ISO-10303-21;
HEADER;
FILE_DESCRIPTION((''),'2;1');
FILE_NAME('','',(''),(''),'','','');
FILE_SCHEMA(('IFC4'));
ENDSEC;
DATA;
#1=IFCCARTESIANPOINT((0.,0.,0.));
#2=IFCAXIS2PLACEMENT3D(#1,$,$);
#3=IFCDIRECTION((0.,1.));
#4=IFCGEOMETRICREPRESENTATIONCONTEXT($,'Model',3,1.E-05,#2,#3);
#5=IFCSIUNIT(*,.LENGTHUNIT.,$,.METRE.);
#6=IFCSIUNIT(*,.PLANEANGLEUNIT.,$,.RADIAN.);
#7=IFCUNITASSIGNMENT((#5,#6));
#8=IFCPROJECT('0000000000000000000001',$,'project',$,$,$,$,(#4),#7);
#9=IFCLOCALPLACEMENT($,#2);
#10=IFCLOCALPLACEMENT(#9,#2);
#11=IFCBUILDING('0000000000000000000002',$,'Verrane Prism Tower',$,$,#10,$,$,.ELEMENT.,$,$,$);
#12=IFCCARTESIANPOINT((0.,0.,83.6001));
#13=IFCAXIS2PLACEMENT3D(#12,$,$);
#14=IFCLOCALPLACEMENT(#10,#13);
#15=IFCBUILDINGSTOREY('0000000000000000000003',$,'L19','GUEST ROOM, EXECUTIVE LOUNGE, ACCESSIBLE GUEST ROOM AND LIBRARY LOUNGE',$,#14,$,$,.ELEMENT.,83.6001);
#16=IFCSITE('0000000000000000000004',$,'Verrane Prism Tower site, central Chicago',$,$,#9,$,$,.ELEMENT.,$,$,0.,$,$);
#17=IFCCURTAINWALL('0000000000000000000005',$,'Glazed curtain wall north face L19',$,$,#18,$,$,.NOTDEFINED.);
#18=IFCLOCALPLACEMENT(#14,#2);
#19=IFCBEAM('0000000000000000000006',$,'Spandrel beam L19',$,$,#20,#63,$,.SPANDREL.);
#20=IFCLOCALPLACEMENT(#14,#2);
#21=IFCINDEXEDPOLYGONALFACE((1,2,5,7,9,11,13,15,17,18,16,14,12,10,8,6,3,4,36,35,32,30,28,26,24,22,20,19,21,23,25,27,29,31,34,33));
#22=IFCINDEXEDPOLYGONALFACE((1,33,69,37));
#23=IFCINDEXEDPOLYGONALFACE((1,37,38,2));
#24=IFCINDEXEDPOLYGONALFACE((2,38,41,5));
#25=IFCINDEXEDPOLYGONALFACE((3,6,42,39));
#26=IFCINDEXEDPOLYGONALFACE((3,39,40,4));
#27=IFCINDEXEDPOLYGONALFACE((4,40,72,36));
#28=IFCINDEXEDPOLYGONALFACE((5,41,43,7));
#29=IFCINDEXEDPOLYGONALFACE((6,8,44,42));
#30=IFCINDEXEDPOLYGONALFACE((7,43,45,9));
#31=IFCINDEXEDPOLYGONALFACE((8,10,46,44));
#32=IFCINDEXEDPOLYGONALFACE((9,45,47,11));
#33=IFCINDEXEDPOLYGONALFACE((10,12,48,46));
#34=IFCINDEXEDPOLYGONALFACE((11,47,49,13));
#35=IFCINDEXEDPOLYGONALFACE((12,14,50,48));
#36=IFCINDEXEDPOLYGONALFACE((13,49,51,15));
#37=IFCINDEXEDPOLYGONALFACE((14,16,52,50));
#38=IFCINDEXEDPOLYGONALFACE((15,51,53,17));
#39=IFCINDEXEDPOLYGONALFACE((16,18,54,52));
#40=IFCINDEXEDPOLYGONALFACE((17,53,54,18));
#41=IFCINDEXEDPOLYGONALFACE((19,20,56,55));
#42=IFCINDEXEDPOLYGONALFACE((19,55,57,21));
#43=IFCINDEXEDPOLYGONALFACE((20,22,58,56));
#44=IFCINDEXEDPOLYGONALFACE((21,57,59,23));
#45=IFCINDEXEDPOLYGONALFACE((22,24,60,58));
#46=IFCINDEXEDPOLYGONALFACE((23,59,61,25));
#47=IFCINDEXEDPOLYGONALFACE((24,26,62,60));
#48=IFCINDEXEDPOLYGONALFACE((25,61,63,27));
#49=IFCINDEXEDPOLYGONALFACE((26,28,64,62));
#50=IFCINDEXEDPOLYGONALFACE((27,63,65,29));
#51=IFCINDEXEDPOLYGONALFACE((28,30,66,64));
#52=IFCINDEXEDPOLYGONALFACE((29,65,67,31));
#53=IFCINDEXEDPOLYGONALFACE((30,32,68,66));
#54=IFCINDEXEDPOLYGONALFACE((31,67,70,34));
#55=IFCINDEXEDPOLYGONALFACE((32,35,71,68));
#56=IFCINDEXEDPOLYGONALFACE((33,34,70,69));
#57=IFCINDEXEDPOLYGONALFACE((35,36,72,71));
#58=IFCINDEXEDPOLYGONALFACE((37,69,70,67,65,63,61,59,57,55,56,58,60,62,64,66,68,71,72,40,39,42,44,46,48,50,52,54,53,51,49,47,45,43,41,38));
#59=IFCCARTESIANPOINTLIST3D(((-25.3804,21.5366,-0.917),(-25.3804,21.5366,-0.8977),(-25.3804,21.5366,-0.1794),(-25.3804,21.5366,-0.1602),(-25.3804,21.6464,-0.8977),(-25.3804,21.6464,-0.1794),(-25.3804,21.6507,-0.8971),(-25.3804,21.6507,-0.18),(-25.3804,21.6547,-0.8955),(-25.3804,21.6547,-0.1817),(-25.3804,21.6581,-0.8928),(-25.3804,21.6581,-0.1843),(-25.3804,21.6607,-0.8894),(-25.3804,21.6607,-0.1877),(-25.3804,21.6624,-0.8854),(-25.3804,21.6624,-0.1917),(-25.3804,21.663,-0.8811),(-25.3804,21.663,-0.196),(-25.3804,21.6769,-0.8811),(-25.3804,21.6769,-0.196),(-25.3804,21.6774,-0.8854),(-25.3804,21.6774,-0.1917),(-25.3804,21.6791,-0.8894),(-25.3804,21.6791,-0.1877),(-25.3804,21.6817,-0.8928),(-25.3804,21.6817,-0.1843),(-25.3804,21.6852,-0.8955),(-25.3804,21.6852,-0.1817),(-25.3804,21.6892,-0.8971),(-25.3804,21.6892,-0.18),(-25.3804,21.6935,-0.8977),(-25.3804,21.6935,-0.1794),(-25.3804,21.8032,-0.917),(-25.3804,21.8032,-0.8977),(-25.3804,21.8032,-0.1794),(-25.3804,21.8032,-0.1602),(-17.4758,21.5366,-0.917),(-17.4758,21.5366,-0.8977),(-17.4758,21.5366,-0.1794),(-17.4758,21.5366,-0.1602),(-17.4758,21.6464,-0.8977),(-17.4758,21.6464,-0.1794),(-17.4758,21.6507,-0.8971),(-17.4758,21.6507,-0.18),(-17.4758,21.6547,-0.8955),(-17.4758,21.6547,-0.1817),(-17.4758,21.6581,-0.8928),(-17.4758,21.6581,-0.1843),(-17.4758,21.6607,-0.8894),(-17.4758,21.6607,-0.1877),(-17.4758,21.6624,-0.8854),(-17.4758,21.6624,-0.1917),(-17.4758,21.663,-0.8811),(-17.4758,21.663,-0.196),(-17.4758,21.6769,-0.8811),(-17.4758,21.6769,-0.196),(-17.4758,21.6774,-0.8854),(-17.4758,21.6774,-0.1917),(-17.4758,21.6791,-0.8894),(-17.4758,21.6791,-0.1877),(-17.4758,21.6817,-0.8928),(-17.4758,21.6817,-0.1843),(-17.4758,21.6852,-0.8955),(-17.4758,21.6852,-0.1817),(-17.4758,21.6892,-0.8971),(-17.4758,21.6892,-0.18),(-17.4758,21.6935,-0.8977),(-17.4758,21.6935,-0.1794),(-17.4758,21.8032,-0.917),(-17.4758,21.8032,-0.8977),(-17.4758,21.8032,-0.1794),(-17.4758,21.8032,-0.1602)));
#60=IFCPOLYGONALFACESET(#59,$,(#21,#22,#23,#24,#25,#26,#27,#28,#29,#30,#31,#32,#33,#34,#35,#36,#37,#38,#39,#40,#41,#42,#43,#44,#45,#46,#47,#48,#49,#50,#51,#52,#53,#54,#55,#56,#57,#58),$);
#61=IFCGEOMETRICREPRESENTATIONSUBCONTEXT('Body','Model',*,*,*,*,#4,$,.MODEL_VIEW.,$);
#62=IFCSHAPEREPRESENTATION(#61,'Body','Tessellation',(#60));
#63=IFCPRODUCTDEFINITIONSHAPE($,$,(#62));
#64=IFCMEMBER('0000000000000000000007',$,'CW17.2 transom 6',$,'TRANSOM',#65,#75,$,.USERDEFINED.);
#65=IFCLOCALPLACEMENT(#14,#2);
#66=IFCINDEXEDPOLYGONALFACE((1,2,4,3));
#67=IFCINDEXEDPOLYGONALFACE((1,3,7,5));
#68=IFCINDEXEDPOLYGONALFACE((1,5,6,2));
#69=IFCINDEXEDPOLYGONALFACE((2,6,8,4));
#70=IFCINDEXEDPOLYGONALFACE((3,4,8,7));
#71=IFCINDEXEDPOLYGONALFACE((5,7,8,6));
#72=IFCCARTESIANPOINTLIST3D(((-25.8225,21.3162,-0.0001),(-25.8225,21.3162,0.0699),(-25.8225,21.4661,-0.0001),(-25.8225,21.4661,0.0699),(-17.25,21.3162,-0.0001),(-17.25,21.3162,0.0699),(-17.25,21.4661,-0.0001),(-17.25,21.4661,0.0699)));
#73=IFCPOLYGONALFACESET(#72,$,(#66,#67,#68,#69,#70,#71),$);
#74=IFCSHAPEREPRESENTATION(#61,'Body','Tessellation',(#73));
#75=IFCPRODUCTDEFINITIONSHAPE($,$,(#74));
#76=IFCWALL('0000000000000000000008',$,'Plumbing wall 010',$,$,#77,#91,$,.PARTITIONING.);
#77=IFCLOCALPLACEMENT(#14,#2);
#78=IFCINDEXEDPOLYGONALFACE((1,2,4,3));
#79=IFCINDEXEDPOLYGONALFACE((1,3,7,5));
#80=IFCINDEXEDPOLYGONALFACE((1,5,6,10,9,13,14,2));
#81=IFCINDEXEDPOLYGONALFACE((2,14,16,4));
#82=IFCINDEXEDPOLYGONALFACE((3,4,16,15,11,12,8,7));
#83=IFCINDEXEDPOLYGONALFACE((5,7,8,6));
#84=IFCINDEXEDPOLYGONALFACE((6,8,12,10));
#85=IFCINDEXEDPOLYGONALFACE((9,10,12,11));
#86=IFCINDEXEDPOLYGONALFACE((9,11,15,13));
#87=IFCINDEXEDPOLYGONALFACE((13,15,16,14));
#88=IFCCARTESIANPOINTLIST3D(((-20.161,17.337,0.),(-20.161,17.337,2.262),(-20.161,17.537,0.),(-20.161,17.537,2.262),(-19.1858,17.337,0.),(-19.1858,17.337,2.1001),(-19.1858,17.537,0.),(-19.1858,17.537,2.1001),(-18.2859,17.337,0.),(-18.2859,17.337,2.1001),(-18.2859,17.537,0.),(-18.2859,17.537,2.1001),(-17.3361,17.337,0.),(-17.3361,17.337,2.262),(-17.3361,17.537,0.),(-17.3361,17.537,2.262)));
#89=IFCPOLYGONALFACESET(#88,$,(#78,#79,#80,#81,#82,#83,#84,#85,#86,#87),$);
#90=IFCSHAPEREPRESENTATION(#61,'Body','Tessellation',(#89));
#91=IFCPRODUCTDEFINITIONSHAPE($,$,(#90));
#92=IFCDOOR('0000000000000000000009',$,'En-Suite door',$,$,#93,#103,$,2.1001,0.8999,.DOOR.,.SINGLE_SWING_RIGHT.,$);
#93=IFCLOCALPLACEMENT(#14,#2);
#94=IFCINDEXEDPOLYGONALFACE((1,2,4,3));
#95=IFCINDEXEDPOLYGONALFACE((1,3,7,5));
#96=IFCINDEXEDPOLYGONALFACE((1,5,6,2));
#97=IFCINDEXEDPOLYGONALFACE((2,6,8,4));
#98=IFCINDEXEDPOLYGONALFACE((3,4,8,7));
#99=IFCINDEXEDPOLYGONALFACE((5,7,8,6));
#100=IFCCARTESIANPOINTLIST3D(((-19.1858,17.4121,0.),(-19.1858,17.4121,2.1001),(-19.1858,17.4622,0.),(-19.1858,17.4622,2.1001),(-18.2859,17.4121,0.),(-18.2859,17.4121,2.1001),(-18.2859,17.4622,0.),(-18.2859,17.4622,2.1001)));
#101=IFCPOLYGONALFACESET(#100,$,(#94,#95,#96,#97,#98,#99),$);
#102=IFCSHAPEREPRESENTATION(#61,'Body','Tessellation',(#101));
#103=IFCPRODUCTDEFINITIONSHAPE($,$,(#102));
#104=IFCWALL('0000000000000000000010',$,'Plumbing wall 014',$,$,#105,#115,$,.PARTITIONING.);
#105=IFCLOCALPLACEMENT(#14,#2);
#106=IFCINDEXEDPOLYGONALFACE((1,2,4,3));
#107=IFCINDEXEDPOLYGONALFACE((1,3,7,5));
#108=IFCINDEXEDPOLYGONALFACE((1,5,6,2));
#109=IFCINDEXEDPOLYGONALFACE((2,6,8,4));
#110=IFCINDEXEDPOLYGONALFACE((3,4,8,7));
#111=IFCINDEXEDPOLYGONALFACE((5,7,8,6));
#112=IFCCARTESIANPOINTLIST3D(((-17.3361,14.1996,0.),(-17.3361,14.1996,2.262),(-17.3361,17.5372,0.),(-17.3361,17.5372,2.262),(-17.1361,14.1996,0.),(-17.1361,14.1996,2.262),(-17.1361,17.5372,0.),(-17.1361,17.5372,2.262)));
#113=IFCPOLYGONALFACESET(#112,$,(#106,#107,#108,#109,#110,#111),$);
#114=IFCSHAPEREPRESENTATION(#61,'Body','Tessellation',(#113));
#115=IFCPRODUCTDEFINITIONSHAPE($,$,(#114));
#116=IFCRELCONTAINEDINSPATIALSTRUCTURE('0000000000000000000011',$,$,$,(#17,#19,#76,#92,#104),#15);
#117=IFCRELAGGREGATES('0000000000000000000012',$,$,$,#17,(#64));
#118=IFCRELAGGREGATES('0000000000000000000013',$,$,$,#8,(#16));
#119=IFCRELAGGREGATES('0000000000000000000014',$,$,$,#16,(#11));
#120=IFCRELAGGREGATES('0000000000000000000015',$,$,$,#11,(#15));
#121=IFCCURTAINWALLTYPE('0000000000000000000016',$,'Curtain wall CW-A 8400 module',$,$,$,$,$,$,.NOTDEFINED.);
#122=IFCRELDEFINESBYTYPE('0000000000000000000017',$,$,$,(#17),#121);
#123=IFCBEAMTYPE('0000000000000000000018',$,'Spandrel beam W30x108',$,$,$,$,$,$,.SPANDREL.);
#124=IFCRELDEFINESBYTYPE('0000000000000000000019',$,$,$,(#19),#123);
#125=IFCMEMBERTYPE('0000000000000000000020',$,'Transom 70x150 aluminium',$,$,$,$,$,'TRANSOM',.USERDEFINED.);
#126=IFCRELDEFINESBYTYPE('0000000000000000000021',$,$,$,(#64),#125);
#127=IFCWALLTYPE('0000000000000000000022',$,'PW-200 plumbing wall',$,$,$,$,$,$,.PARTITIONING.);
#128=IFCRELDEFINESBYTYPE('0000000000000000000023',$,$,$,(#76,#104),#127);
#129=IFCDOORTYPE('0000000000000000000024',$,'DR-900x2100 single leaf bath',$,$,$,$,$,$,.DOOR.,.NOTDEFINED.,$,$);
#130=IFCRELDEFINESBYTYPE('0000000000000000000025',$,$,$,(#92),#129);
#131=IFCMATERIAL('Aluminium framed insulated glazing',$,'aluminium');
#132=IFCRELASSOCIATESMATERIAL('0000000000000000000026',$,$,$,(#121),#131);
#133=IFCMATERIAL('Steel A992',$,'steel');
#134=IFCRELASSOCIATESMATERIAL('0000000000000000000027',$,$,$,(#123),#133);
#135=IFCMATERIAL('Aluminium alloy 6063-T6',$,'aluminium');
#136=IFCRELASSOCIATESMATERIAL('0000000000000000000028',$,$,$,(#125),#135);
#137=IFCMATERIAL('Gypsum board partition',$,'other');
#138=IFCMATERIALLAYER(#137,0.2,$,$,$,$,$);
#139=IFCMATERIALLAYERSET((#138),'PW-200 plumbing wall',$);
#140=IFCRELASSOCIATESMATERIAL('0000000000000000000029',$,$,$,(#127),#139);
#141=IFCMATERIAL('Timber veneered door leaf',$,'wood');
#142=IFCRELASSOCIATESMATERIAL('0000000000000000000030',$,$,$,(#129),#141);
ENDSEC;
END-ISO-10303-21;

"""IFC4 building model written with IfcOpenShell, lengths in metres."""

from ifc_helpers import new_model, si_unit, direction, frame, frame_2d, origin, origin_2d, place, context, subcontext, project, spatial, rectangle, i_section, extrude, material, layer, layer_set, material_profile, profile_set, type_object, element, fill, aggregate, save


model = new_model("IFC4")

# Units and contexts
model_context = context("Model", 3, precision=1e-05, world=origin(), true_north=direction((0.0, 1.0)))
body_context = subcontext(model_context, "Body", "Model", "MODEL_VIEW")
ifc_project = project(units=[si_unit("LENGTHUNIT", "METRE"), si_unit("PLANEANGLEUNIT", "RADIAN")], contexts=[model_context])

# Site, building, storey
site_placement = place(None, origin())
site = spatial("IfcSite", under=ifc_project, at=site_placement, Name="Verrane Prism Tower site, central Chicago", CompositionType="ELEMENT", RefElevation=0.0)
building_placement = place(site_placement, origin())
building = spatial("IfcBuilding", under=site, at=building_placement, Name="Verrane Prism Tower", CompositionType="ELEMENT")
storey_placement = place(building_placement, frame((0.0, 0.0, 83.6001)))
storey = spatial("IfcBuildingStorey", under=building, at=storey_placement, Name="L19", Description="GUEST ROOM, EXECUTIVE LOUNGE, ACCESSIBLE GUEST ROOM AND LIBRARY LOUNGE", CompositionType="ELEMENT", Elevation=83.6001)

# Curtain wall
ifc_material_1 = material(Name="Aluminium framed insulated glazing", Category="aluminium")
curtain_wall_type = type_object("IfcCurtainWallType", Name="Curtain wall CW-A 8400 module", PredefinedType="NOTDEFINED", material=ifc_material_1)
curtain_wall_placement = place(storey_placement, origin())
curtain_wall = element("IfcCurtainWall", 1, at=curtain_wall_placement, inside=storey, type_object=curtain_wall_type, Name="Glazed curtain wall north face L19", PredefinedType="NOTDEFINED")

# Beam
ifc_material_2 = material(Name="Steel A992", Category="steel")
ifc_material_profile_1 = material_profile(ifc_material_2, i_section(OverallWidth=0.2666, OverallDepth=0.7568, WebThickness=0.0139, FlangeThickness=0.0193, FilletRadius=0.0166, at=origin_2d()), Name="W30x108")
ifc_profile_set_1 = profile_set([ifc_material_profile_1], Name="Steel A992")
beam_type_1 = type_object("IfcBeamType", Name="Spandrel beam W30x108", PredefinedType="SPANDREL", material=ifc_profile_set_1)
beam_1_placement = place(storey_placement, frame((-17.4758, 21.6699, -0.5386), z_axis=(-1.0, 0.0, 0.0), x_axis=(0.0, -1.0, 0.0)))
element("IfcBeam", 2, at=beam_1_placement, inside=storey, type_object=beam_type_1, Name="Spandrel beam L19", PredefinedType="SPANDREL", context=body_context, shape_type="SweptSolid", body=[
    extrude(i_section(OverallWidth=0.2666, OverallDepth=0.7568, WebThickness=0.0139, FlangeThickness=0.0193, FilletRadius=0.0166, at=origin_2d()), origin(), (0.0, 0.0, 1.0), 7.9045),
])

# Member
ifc_material_3 = material(Name="Aluminium alloy 6063-T6", Category="aluminium")
ifc_material_profile_2 = material_profile(ifc_material_3, rectangle(XDim=0.1499, YDim=0.0701, at=origin_2d()), Name="Transom 70x150 aluminium")
ifc_profile_set_2 = profile_set([ifc_material_profile_2], Name="Aluminium alloy 6063-T6")
member_type_1 = type_object("IfcMemberType", Name="Transom 70x150 aluminium", ElementType="TRANSOM", PredefinedType="USERDEFINED", material=ifc_profile_set_2)
member_1_placement = place(storey_placement, frame((-17.25, 21.3911, 0.0349), z_axis=(-1.0, 0.0, 0.0), x_axis=(0.0, -1.0, 0.0)))
member_1 = element("IfcMember", 3, at=member_1_placement, type_object=member_type_1, Name="CW17.2 transom 6", ObjectType="TRANSOM", PredefinedType="USERDEFINED", context=body_context, shape_type="SweptSolid", body=[
    extrude(rectangle(XDim=0.1499, YDim=0.0701, at=origin_2d()), origin(), (0.0, 0.0, 1.0), 8.5725),
])
aggregate(curtain_wall, [member_1])

# Wall, opening, door
ifc_material_4 = material(Name="Gypsum board partition", Category="other")
ifc_layer = layer(ifc_material_4, 0.2)
ifc_layer_set = layer_set([ifc_layer], Name="PW-200 plumbing wall")
wall_type = type_object("IfcWallType", Name="PW-200 plumbing wall", PredefinedType="PARTITIONING", material=ifc_layer_set)
wall_1_placement = place(storey_placement, frame((-17.3359, 17.437, 0.0), z_axis=(0.0, 0.0, 1.0), x_axis=(-1.0, 0.0, 0.0)))
wall_1 = element("IfcWall", 4, at=wall_1_placement, inside=storey, type_object=wall_type, Name="Plumbing wall 010", PredefinedType="PARTITIONING", context=body_context, shape_type="SweptSolid", body=[
    extrude(rectangle(XDim=2.825, YDim=0.2, at=frame_2d((1.4126, 0.0))), origin(), (0.0, 0.0, 1.0), 2.262),
])
opening_placement = place(wall_1_placement, frame((0.95, 0.0, 0.0)))
opening = element("IfcOpeningElement", 5, at=opening_placement, cuts=wall_1, PredefinedType="OPENING", context=body_context, shape_type="SweptSolid", body=[
    extrude(rectangle(XDim=0.8999, YDim=2.1001, at=frame_2d((0.45, 1.05))), frame((0.0, 0.1099, 0.0), z_axis=(0.0, -1.0, 0.0), x_axis=(1.0, 0.0, 0.0)), (0.0, 0.0, 1.0), 0.22),
])
ifc_material_5 = material(Name="Timber veneered door leaf", Category="wood")
door_type = type_object("IfcDoorType", Name="DR-900x2100 single leaf bath", OperationType="NOTDEFINED", PredefinedType="DOOR", material=ifc_material_5)
door_placement = place(opening_placement, origin())
door = element("IfcDoor", 6, at=door_placement, inside=storey, type_object=door_type, Name="En-Suite door", OperationType="SINGLE_SWING_RIGHT", OverallHeight=2.1001, OverallWidth=0.8999, PredefinedType="DOOR", context=body_context, shape_type="SweptSolid", body=[
    extrude(rectangle(XDim=0.8999, YDim=2.1001, at=frame_2d((0.45, 1.05))), frame((0.0, 0.0249, 0.0), z_axis=(0.0, -1.0, 0.0), x_axis=(1.0, 0.0, 0.0)), (0.0, 0.0, 1.0), 0.05),
])
fill(opening, door)

# Wall
wall_2_placement = place(storey_placement, frame((-17.2361, 14.1995, 0.0), z_axis=(0.0, 0.0, 1.0), x_axis=(0.0, 1.0, 0.0)))
element("IfcWall", 7, at=wall_2_placement, inside=storey, type_object=wall_type, Name="Plumbing wall 014", PredefinedType="PARTITIONING", context=body_context, shape_type="SweptSolid", body=[
    extrude(rectangle(XDim=3.3376, YDim=0.2, at=frame_2d((1.6689, 0.0))), origin(), (0.0, 0.0, 1.0), 2.262),
])

save(model, "model.ifc")
